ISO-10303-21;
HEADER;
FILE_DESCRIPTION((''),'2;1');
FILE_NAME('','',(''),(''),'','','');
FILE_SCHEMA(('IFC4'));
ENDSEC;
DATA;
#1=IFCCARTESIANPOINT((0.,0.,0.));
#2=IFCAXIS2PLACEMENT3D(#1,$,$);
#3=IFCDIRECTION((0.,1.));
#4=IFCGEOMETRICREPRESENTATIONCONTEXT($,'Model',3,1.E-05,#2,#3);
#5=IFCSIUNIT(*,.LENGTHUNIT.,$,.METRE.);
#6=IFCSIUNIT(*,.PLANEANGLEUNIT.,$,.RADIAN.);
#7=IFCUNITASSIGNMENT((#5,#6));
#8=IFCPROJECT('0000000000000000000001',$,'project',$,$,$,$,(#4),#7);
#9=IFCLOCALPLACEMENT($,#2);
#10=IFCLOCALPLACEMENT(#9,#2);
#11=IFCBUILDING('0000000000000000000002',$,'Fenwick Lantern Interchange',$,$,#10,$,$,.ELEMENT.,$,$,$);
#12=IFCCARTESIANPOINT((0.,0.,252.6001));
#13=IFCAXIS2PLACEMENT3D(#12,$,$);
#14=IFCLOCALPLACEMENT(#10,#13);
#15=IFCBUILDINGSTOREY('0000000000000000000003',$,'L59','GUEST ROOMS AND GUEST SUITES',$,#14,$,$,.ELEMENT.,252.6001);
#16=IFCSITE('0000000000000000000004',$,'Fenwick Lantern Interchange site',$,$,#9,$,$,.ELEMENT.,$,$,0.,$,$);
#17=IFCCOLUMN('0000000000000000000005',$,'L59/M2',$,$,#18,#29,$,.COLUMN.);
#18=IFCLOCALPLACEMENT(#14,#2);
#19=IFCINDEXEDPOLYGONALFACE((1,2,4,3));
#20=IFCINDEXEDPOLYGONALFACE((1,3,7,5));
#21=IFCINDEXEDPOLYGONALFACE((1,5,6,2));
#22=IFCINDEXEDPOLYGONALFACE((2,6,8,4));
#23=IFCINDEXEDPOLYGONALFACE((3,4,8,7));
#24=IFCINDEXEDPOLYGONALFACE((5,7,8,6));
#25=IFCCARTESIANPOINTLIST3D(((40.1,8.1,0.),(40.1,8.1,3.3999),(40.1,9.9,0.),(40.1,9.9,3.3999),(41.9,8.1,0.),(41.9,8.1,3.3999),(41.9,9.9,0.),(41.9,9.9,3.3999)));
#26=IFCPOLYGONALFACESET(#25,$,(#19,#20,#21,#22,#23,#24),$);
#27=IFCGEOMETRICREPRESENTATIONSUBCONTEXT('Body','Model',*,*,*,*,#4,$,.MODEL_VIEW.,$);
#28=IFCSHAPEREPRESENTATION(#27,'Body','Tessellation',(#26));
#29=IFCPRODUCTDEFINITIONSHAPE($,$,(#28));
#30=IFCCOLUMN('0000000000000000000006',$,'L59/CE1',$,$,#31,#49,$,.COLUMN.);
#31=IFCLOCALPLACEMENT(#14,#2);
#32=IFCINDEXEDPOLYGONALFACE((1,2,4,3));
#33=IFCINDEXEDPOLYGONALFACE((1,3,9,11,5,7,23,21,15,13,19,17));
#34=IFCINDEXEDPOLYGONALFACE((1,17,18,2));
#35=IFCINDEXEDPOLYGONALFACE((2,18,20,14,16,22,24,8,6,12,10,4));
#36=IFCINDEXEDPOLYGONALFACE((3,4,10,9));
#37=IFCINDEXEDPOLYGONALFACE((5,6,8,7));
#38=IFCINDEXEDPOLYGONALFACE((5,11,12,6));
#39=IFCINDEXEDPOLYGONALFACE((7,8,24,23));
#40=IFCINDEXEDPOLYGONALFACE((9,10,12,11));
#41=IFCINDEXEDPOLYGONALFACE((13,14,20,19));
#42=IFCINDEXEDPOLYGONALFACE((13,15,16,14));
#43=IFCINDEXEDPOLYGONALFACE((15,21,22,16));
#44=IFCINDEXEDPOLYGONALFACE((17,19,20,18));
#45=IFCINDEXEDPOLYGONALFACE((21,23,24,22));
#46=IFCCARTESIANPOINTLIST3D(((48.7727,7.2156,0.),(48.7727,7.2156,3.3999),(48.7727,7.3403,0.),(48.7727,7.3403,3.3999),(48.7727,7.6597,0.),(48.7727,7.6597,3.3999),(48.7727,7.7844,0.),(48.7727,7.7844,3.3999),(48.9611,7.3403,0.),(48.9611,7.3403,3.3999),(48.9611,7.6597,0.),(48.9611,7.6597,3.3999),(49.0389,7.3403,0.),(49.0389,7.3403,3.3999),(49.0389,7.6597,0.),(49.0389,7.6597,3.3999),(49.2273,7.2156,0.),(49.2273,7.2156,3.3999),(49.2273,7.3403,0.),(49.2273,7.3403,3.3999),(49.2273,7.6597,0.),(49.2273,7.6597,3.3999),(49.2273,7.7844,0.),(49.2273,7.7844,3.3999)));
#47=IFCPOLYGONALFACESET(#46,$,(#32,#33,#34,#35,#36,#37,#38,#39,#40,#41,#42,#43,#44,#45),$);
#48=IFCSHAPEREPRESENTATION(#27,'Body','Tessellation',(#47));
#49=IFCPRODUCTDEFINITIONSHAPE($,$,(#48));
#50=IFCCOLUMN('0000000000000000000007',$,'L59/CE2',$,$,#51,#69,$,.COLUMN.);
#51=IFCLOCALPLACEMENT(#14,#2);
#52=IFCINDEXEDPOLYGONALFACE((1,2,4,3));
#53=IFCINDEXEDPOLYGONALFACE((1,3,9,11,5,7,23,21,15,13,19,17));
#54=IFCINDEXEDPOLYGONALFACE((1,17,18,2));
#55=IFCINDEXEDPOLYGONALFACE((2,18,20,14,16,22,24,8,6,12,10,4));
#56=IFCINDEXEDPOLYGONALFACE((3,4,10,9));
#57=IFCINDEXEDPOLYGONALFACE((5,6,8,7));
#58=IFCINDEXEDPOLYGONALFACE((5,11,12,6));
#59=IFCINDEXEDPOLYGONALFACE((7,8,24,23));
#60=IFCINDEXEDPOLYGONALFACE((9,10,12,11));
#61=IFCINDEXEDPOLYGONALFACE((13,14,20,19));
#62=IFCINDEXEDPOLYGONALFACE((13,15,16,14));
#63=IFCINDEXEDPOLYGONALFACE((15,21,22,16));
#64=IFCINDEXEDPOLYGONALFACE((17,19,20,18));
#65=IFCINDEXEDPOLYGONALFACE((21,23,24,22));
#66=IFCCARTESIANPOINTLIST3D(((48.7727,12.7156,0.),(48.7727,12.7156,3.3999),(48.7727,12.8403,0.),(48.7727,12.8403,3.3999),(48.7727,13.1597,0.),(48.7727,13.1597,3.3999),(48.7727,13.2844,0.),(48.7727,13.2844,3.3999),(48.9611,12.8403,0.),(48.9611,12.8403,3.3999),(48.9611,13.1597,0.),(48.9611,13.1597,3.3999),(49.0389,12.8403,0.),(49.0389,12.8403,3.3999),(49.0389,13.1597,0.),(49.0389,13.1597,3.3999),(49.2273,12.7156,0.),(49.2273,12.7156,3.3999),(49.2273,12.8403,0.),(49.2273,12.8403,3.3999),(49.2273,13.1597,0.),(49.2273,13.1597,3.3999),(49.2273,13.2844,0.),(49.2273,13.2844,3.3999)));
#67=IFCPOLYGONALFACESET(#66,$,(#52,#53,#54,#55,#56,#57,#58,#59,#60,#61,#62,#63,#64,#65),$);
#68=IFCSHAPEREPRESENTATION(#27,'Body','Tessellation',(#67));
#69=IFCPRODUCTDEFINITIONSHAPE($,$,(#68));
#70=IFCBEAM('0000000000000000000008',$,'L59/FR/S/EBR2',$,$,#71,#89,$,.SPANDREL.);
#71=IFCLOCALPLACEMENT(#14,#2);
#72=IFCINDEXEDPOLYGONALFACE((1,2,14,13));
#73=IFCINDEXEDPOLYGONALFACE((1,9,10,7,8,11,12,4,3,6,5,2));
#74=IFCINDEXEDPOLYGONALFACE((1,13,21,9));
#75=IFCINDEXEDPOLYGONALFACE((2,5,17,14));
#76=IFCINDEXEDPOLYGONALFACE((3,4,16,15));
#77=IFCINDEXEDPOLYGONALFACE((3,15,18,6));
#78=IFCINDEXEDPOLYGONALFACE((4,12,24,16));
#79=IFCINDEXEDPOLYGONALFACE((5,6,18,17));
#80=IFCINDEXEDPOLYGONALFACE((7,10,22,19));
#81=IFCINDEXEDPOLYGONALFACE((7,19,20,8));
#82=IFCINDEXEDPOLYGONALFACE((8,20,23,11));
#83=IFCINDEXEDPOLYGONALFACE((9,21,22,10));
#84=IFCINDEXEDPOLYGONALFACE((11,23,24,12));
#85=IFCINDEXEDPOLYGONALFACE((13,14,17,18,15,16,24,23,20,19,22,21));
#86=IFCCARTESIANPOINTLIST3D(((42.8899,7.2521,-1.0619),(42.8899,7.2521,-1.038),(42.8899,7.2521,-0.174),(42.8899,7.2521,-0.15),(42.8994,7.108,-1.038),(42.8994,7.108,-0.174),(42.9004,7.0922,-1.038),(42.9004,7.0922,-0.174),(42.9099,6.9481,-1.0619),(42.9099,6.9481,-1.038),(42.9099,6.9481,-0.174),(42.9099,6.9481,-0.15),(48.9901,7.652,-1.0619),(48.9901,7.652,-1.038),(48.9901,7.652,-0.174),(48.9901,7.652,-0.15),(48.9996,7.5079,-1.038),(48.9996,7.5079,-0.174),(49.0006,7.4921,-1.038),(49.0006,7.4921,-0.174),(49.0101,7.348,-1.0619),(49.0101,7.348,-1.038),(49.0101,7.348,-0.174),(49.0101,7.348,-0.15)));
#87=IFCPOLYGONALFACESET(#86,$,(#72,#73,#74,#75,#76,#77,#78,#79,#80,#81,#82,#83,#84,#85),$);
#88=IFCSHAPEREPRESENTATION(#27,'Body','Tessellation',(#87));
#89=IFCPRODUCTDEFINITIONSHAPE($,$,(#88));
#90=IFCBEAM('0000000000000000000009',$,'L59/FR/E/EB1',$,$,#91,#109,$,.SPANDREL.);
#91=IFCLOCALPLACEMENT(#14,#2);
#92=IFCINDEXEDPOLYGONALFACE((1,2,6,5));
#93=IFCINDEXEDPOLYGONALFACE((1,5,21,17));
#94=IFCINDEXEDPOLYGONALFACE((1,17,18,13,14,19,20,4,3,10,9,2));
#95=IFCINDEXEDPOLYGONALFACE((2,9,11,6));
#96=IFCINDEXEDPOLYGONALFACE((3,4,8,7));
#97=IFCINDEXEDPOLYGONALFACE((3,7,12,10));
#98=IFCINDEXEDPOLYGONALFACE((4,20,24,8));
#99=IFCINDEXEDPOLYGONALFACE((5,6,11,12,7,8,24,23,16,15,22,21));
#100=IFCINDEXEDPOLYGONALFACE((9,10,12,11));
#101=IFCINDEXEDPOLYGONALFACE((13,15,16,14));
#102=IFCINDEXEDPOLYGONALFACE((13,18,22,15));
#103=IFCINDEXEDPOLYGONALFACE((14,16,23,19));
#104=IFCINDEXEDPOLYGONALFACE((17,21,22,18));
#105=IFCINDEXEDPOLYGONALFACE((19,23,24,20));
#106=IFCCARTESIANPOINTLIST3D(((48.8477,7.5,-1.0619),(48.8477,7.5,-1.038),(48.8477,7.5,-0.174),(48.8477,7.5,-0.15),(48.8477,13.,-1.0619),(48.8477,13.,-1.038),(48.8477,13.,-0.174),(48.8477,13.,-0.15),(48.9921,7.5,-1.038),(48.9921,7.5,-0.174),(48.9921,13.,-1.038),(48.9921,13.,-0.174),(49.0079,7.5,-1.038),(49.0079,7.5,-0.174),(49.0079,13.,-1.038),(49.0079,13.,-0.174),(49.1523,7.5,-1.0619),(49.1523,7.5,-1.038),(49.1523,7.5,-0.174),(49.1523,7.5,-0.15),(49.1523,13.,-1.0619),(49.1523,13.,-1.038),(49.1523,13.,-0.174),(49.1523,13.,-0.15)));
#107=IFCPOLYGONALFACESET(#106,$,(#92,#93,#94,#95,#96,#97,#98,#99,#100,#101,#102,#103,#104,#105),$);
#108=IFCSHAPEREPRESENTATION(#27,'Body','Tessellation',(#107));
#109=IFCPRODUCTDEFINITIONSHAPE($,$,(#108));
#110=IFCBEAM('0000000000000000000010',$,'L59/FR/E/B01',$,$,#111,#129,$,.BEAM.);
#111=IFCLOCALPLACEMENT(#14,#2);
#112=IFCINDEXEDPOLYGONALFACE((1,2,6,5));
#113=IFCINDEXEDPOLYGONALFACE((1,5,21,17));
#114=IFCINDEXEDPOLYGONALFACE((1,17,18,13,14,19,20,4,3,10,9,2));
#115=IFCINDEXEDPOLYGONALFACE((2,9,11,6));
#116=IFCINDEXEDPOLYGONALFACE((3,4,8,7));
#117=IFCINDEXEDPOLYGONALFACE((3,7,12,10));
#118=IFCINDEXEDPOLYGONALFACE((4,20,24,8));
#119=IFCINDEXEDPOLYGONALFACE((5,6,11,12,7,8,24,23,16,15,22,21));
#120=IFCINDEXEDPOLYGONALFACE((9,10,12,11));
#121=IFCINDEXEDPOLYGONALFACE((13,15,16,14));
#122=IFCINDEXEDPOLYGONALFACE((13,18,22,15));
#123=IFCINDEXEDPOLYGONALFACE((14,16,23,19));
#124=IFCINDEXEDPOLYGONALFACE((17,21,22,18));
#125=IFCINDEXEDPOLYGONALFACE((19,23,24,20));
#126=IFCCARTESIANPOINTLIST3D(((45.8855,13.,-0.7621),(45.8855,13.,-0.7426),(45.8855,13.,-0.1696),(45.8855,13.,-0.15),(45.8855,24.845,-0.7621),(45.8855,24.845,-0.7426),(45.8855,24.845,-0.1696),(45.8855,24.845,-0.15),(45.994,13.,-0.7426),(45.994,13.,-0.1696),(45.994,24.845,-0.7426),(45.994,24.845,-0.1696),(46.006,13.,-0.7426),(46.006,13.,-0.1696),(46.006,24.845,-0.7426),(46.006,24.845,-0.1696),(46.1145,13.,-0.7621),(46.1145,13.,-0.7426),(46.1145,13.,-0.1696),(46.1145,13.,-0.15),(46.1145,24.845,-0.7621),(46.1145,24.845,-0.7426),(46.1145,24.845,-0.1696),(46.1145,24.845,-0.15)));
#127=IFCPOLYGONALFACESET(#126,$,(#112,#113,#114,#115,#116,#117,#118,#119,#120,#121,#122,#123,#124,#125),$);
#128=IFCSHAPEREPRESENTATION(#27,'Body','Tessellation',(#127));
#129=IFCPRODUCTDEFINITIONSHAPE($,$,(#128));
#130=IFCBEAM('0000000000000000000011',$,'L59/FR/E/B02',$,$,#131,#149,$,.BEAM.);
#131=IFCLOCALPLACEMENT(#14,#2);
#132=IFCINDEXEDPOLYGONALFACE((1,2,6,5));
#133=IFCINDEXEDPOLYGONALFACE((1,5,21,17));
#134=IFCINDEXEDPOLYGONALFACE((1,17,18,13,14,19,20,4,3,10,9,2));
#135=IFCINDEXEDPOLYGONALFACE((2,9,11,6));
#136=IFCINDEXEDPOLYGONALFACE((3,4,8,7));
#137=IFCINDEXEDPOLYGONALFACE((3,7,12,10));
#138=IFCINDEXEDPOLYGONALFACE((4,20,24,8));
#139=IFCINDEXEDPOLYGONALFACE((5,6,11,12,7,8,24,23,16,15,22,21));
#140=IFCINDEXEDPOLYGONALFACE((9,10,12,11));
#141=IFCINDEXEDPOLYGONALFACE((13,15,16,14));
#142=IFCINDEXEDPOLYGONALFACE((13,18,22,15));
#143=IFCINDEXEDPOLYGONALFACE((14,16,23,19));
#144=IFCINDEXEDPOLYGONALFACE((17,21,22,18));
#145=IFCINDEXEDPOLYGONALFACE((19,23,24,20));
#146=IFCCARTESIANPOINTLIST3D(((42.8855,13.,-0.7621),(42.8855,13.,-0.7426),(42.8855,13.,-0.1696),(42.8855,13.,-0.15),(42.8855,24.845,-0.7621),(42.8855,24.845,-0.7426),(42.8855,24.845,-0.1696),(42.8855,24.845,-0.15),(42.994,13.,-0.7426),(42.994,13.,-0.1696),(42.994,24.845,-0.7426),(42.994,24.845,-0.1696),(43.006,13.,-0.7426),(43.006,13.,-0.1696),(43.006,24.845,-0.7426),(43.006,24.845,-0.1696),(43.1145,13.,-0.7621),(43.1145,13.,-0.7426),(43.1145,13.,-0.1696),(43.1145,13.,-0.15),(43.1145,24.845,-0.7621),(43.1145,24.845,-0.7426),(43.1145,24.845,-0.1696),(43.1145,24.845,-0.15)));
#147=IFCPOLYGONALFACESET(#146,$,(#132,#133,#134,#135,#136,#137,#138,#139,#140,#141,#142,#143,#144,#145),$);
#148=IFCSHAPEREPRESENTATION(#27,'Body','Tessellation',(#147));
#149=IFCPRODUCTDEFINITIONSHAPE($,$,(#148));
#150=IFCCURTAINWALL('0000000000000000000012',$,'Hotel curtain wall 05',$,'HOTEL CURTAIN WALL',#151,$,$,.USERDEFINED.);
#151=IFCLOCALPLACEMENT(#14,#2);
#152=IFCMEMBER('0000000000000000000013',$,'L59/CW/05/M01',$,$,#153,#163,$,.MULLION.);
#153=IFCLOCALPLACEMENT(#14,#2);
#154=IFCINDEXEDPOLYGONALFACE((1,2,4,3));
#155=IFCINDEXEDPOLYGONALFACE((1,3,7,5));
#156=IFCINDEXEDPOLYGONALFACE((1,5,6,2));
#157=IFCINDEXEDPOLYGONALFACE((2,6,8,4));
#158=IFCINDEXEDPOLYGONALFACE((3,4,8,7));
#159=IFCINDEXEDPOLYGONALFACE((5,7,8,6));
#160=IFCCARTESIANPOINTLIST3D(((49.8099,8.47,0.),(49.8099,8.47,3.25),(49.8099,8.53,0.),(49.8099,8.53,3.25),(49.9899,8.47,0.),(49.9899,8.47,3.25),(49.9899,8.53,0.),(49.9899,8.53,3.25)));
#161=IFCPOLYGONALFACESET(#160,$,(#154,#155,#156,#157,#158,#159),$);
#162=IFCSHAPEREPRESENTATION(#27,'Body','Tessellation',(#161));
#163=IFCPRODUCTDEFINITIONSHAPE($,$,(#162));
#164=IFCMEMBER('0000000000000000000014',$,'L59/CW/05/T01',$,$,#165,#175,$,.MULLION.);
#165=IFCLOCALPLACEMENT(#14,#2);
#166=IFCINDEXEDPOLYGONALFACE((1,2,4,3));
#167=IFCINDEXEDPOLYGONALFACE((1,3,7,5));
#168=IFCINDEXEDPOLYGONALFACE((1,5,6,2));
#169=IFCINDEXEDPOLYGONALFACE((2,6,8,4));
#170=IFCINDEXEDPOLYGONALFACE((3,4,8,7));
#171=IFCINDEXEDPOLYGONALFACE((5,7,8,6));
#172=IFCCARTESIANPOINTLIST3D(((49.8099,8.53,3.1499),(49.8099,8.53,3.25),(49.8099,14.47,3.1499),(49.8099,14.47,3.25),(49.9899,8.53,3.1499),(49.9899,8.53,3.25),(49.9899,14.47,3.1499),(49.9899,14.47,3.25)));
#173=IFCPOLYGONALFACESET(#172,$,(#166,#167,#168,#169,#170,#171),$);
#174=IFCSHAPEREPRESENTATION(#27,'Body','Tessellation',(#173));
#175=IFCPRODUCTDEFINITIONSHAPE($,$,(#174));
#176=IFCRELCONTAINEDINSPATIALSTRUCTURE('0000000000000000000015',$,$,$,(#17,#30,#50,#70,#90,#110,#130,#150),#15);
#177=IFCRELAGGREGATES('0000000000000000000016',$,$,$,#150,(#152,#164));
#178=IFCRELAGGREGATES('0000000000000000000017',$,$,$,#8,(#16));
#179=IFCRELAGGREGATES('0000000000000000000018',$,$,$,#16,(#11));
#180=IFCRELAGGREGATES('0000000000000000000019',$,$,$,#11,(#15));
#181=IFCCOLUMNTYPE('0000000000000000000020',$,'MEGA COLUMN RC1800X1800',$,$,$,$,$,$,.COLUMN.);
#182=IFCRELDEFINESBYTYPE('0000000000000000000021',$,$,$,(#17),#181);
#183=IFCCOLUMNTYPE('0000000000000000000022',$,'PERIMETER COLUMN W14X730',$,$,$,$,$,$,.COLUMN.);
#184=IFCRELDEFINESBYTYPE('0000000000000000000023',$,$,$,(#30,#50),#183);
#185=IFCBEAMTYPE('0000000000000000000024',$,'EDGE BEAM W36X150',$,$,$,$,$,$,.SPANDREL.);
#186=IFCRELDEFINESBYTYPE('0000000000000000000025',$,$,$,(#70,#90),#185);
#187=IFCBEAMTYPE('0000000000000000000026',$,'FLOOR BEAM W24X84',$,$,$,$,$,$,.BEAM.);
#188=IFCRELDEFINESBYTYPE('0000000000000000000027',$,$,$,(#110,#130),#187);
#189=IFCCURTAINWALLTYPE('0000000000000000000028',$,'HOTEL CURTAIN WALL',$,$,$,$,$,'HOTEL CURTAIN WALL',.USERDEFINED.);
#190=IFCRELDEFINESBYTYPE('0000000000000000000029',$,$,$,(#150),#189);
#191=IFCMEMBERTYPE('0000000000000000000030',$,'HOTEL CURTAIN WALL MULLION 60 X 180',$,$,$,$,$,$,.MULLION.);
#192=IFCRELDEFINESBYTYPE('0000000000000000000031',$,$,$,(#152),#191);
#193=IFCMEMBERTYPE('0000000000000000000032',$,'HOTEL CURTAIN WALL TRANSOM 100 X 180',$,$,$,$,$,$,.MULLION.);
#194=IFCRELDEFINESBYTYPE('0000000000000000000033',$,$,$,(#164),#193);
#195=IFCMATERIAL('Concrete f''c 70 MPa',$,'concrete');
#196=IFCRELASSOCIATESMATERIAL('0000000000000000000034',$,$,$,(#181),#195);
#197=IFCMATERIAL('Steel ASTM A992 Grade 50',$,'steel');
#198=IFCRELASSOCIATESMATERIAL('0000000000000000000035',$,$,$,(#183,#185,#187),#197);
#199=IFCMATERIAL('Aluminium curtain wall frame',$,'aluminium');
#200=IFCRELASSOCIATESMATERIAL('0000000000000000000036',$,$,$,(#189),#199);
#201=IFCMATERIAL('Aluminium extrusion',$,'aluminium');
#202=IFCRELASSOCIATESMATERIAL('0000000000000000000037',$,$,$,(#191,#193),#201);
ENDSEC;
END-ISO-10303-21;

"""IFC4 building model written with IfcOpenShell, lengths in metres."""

from ifc_helpers import new_model, si_unit, direction, frame, origin, origin_2d, place, context, subcontext, project, spatial, rectangle, i_section, extrude, material, material_profile, profile_set, type_object, element, aggregate, save


model = new_model("IFC4")

# Units and contexts
model_context = context("Model", 3, precision=1e-05, world=origin(), true_north=direction((0.0, 1.0)))
body_context = subcontext(model_context, "Body", "Model", "MODEL_VIEW")
ifc_project = project(units=[si_unit("LENGTHUNIT", "METRE"), si_unit("PLANEANGLEUNIT", "RADIAN")], contexts=[model_context])

# Site, building, storey
site_placement = place(None, origin())
site = spatial("IfcSite", under=ifc_project, at=site_placement, Name="Fenwick Lantern Interchange site", CompositionType="ELEMENT", RefElevation=0.0)
building_placement = place(site_placement, origin())
building = spatial("IfcBuilding", under=site, at=building_placement, Name="Fenwick Lantern Interchange", CompositionType="ELEMENT")
storey_placement = place(building_placement, frame((0.0, 0.0, 252.6001)))
storey = spatial("IfcBuildingStorey", under=building, at=storey_placement, Name="L59", Description="GUEST ROOMS AND GUEST SUITES", CompositionType="ELEMENT", Elevation=252.6001)

# Columns
ifc_material_1 = material(Name="Concrete f'c 70 MPa", Category="concrete")
ifc_material_profile_1 = material_profile(ifc_material_1, rectangle(XDim=1.8, YDim=1.8, at=origin_2d()), Name="RC1800X1800")
ifc_profile_set_1 = profile_set([ifc_material_profile_1], Name="Concrete f'c 70 MPa")
column_type_1 = type_object("IfcColumnType", Name="MEGA COLUMN RC1800X1800", PredefinedType="COLUMN", material=ifc_profile_set_1)
column_placement = place(storey_placement, frame((41.0, 9.0, 0.0), z_axis=(0.0, 0.0, 1.0), x_axis=(1.0, 0.0, 0.0)))
element("IfcColumn", 1, at=column_placement, inside=storey, type_object=column_type_1, Name="L59/M2", PredefinedType="COLUMN", context=body_context, shape_type="SweptSolid", body=[
    extrude(rectangle(XDim=1.8, YDim=1.8, at=origin_2d()), origin(), (0.0, 0.0, 1.0), 3.3999),
])
ifc_material_2 = material(Name="Steel ASTM A992 Grade 50", Category="steel")
ifc_material_profile_2 = material_profile(ifc_material_2, i_section(OverallWidth=0.4546, OverallDepth=0.5688, WebThickness=0.0779, FlangeThickness=0.1248, at=origin_2d()), Name="W14X730")
ifc_profile_set_2 = profile_set([ifc_material_profile_2], Name="Steel ASTM A992 Grade 50")
column_type_2 = type_object("IfcColumnType", Name="PERIMETER COLUMN W14X730", PredefinedType="COLUMN", material=ifc_profile_set_2)
for number, where, z_axis, x_axis, name in (
    (2, (49.0, 7.5, 0.0), (0.0, 0.0, 1.0), (1.0, 0.0, 0.0), "L59/CE1"),
    (3, (49.0, 13.0, 0.0), (0.0, 0.0, 1.0), (1.0, 0.0, 0.0), "L59/CE2"),
):
    element("IfcColumn", number, at=place(storey_placement, frame(where, z_axis=z_axis, x_axis=x_axis)), inside=storey, type_object=column_type_2, Name=name, PredefinedType="COLUMN", context=body_context, shape_type="SweptSolid", body=[
        extrude(i_section(OverallWidth=0.4546, OverallDepth=0.5688, WebThickness=0.0779, FlangeThickness=0.1248, at=origin_2d()), origin(), (0.0, 0.0, 1.0), 3.3999),
    ])

# Beams
ifc_material_profile_3 = material_profile(ifc_material_2, i_section(OverallWidth=0.3047, OverallDepth=0.9119, WebThickness=0.0159, FlangeThickness=0.0239, at=origin_2d()), Name="W36X150")
ifc_profile_set_3 = profile_set([ifc_material_profile_3], Name="Steel ASTM A992 Grade 50")
beam_type_1 = type_object("IfcBeamType", Name="EDGE BEAM W36X150", PredefinedType="SPANDREL", material=ifc_profile_set_3)
beam_1_placement = place(storey_placement, frame((42.8999, 7.1001, -0.606), z_axis=(0.997858, 0.065416, 0.0), x_axis=(-0.065416, 0.997858, 0.0)))
element("IfcBeam", 4, at=beam_1_placement, inside=storey, type_object=beam_type_1, Name="L59/FR/S/EBR2", PredefinedType="SPANDREL", context=body_context, shape_type="SweptSolid", body=[
    extrude(i_section(OverallWidth=0.3047, OverallDepth=0.9119, WebThickness=0.0159, FlangeThickness=0.0239, at=origin_2d()), origin(), (0.0, 0.0, 1.0), 6.1133),
])
beam_2_placement = place(storey_placement, frame((49.0, 7.5, -0.606), z_axis=(0.0, 1.0, 0.0), x_axis=(-1.0, 0.0, 0.0)))
element("IfcBeam", 5, at=beam_2_placement, inside=storey, type_object=beam_type_1, Name="L59/FR/E/EB1", PredefinedType="SPANDREL", context=body_context, shape_type="SweptSolid", body=[
    extrude(i_section(OverallWidth=0.3047, OverallDepth=0.9119, WebThickness=0.0159, FlangeThickness=0.0239, at=origin_2d()), origin(), (0.0, 0.0, 1.0), 5.5),
])
ifc_material_profile_4 = material_profile(ifc_material_2, i_section(OverallWidth=0.229, OverallDepth=0.6121, WebThickness=0.012, FlangeThickness=0.0195, at=origin_2d()), Name="W24X84")
ifc_profile_set_4 = profile_set([ifc_material_profile_4], Name="Steel ASTM A992 Grade 50")
beam_type_2 = type_object("IfcBeamType", Name="FLOOR BEAM W24X84", PredefinedType="BEAM", material=ifc_profile_set_4)
for number, where, z_axis, x_axis, name in (
    (6, (46.0, 13.0, -0.4561), (0.0, 1.0, 0.0), (-1.0, 0.0, 0.0), "L59/FR/E/B01"),
    (7, (43.0, 13.0, -0.4561), (0.0, 1.0, 0.0), (-1.0, 0.0, 0.0), "L59/FR/E/B02"),
):
    element("IfcBeam", number, at=place(storey_placement, frame(where, z_axis=z_axis, x_axis=x_axis)), inside=storey, type_object=beam_type_2, Name=name, PredefinedType="BEAM", context=body_context, shape_type="SweptSolid", body=[
        extrude(i_section(OverallWidth=0.229, OverallDepth=0.6121, WebThickness=0.012, FlangeThickness=0.0195, at=origin_2d()), origin(), (0.0, 0.0, 1.0), 11.845),
    ])

# Curtain wall, members
ifc_material_3 = material(Name="Aluminium curtain wall frame", Category="aluminium")
curtain_wall_type = type_object("IfcCurtainWallType", Name="HOTEL CURTAIN WALL", ElementType="HOTEL CURTAIN WALL", PredefinedType="USERDEFINED", material=ifc_material_3)
curtain_wall_placement = place(storey_placement, origin())
curtain_wall = element("IfcCurtainWall", 8, at=curtain_wall_placement, inside=storey, type_object=curtain_wall_type, Name="Hotel curtain wall 05", ObjectType="HOTEL CURTAIN WALL", PredefinedType="USERDEFINED")
ifc_material_4 = material(Name="Aluminium extrusion", Category="aluminium")
ifc_material_profile_5 = material_profile(ifc_material_4, rectangle(XDim=0.1799, YDim=0.0601, at=origin_2d()), Name="HOTEL CURTAIN WALL MULLION 60 X 180")
ifc_profile_set_5 = profile_set([ifc_material_profile_5], Name="Aluminium extrusion")
member_type_1 = type_object("IfcMemberType", Name="HOTEL CURTAIN WALL MULLION 60 X 180", PredefinedType="MULLION", material=ifc_profile_set_5)
member_1_placement = place(storey_placement, frame((49.8999, 8.5, 0.0), z_axis=(0.0, 0.0, 1.0), x_axis=(-1.0, 0.0, 0.0)))
member_1 = element("IfcMember", 9, at=member_1_placement, type_object=member_type_1, Name="L59/CW/05/M01", PredefinedType="MULLION", context=body_context, shape_type="SweptSolid", body=[
    extrude(rectangle(XDim=0.1799, YDim=0.0601, at=origin_2d()), origin(), (0.0, 0.0, 1.0), 3.25),
])
ifc_material_profile_6 = material_profile(ifc_material_4, rectangle(XDim=0.1799, YDim=0.1001, at=origin_2d()), Name="HOTEL CURTAIN WALL TRANSOM 100 X 180")
ifc_profile_set_6 = profile_set([ifc_material_profile_6], Name="Aluminium extrusion")
member_type_2 = type_object("IfcMemberType", Name="HOTEL CURTAIN WALL TRANSOM 100 X 180", PredefinedType="MULLION", material=ifc_profile_set_6)
member_2_placement = place(storey_placement, frame((49.8999, 8.53, 3.2), z_axis=(0.0, 1.0, 0.0), x_axis=(-1.0, 0.0, 0.0)))
member_2 = element("IfcMember", 10, at=member_2_placement, type_object=member_type_2, Name="L59/CW/05/T01", PredefinedType="MULLION", context=body_context, shape_type="SweptSolid", body=[
    extrude(rectangle(XDim=0.1799, YDim=0.1001, at=origin_2d()), origin(), (0.0, 0.0, 1.0), 5.9399),
])
aggregate(curtain_wall, [member_1, member_2])

save(model, "model.ifc")
